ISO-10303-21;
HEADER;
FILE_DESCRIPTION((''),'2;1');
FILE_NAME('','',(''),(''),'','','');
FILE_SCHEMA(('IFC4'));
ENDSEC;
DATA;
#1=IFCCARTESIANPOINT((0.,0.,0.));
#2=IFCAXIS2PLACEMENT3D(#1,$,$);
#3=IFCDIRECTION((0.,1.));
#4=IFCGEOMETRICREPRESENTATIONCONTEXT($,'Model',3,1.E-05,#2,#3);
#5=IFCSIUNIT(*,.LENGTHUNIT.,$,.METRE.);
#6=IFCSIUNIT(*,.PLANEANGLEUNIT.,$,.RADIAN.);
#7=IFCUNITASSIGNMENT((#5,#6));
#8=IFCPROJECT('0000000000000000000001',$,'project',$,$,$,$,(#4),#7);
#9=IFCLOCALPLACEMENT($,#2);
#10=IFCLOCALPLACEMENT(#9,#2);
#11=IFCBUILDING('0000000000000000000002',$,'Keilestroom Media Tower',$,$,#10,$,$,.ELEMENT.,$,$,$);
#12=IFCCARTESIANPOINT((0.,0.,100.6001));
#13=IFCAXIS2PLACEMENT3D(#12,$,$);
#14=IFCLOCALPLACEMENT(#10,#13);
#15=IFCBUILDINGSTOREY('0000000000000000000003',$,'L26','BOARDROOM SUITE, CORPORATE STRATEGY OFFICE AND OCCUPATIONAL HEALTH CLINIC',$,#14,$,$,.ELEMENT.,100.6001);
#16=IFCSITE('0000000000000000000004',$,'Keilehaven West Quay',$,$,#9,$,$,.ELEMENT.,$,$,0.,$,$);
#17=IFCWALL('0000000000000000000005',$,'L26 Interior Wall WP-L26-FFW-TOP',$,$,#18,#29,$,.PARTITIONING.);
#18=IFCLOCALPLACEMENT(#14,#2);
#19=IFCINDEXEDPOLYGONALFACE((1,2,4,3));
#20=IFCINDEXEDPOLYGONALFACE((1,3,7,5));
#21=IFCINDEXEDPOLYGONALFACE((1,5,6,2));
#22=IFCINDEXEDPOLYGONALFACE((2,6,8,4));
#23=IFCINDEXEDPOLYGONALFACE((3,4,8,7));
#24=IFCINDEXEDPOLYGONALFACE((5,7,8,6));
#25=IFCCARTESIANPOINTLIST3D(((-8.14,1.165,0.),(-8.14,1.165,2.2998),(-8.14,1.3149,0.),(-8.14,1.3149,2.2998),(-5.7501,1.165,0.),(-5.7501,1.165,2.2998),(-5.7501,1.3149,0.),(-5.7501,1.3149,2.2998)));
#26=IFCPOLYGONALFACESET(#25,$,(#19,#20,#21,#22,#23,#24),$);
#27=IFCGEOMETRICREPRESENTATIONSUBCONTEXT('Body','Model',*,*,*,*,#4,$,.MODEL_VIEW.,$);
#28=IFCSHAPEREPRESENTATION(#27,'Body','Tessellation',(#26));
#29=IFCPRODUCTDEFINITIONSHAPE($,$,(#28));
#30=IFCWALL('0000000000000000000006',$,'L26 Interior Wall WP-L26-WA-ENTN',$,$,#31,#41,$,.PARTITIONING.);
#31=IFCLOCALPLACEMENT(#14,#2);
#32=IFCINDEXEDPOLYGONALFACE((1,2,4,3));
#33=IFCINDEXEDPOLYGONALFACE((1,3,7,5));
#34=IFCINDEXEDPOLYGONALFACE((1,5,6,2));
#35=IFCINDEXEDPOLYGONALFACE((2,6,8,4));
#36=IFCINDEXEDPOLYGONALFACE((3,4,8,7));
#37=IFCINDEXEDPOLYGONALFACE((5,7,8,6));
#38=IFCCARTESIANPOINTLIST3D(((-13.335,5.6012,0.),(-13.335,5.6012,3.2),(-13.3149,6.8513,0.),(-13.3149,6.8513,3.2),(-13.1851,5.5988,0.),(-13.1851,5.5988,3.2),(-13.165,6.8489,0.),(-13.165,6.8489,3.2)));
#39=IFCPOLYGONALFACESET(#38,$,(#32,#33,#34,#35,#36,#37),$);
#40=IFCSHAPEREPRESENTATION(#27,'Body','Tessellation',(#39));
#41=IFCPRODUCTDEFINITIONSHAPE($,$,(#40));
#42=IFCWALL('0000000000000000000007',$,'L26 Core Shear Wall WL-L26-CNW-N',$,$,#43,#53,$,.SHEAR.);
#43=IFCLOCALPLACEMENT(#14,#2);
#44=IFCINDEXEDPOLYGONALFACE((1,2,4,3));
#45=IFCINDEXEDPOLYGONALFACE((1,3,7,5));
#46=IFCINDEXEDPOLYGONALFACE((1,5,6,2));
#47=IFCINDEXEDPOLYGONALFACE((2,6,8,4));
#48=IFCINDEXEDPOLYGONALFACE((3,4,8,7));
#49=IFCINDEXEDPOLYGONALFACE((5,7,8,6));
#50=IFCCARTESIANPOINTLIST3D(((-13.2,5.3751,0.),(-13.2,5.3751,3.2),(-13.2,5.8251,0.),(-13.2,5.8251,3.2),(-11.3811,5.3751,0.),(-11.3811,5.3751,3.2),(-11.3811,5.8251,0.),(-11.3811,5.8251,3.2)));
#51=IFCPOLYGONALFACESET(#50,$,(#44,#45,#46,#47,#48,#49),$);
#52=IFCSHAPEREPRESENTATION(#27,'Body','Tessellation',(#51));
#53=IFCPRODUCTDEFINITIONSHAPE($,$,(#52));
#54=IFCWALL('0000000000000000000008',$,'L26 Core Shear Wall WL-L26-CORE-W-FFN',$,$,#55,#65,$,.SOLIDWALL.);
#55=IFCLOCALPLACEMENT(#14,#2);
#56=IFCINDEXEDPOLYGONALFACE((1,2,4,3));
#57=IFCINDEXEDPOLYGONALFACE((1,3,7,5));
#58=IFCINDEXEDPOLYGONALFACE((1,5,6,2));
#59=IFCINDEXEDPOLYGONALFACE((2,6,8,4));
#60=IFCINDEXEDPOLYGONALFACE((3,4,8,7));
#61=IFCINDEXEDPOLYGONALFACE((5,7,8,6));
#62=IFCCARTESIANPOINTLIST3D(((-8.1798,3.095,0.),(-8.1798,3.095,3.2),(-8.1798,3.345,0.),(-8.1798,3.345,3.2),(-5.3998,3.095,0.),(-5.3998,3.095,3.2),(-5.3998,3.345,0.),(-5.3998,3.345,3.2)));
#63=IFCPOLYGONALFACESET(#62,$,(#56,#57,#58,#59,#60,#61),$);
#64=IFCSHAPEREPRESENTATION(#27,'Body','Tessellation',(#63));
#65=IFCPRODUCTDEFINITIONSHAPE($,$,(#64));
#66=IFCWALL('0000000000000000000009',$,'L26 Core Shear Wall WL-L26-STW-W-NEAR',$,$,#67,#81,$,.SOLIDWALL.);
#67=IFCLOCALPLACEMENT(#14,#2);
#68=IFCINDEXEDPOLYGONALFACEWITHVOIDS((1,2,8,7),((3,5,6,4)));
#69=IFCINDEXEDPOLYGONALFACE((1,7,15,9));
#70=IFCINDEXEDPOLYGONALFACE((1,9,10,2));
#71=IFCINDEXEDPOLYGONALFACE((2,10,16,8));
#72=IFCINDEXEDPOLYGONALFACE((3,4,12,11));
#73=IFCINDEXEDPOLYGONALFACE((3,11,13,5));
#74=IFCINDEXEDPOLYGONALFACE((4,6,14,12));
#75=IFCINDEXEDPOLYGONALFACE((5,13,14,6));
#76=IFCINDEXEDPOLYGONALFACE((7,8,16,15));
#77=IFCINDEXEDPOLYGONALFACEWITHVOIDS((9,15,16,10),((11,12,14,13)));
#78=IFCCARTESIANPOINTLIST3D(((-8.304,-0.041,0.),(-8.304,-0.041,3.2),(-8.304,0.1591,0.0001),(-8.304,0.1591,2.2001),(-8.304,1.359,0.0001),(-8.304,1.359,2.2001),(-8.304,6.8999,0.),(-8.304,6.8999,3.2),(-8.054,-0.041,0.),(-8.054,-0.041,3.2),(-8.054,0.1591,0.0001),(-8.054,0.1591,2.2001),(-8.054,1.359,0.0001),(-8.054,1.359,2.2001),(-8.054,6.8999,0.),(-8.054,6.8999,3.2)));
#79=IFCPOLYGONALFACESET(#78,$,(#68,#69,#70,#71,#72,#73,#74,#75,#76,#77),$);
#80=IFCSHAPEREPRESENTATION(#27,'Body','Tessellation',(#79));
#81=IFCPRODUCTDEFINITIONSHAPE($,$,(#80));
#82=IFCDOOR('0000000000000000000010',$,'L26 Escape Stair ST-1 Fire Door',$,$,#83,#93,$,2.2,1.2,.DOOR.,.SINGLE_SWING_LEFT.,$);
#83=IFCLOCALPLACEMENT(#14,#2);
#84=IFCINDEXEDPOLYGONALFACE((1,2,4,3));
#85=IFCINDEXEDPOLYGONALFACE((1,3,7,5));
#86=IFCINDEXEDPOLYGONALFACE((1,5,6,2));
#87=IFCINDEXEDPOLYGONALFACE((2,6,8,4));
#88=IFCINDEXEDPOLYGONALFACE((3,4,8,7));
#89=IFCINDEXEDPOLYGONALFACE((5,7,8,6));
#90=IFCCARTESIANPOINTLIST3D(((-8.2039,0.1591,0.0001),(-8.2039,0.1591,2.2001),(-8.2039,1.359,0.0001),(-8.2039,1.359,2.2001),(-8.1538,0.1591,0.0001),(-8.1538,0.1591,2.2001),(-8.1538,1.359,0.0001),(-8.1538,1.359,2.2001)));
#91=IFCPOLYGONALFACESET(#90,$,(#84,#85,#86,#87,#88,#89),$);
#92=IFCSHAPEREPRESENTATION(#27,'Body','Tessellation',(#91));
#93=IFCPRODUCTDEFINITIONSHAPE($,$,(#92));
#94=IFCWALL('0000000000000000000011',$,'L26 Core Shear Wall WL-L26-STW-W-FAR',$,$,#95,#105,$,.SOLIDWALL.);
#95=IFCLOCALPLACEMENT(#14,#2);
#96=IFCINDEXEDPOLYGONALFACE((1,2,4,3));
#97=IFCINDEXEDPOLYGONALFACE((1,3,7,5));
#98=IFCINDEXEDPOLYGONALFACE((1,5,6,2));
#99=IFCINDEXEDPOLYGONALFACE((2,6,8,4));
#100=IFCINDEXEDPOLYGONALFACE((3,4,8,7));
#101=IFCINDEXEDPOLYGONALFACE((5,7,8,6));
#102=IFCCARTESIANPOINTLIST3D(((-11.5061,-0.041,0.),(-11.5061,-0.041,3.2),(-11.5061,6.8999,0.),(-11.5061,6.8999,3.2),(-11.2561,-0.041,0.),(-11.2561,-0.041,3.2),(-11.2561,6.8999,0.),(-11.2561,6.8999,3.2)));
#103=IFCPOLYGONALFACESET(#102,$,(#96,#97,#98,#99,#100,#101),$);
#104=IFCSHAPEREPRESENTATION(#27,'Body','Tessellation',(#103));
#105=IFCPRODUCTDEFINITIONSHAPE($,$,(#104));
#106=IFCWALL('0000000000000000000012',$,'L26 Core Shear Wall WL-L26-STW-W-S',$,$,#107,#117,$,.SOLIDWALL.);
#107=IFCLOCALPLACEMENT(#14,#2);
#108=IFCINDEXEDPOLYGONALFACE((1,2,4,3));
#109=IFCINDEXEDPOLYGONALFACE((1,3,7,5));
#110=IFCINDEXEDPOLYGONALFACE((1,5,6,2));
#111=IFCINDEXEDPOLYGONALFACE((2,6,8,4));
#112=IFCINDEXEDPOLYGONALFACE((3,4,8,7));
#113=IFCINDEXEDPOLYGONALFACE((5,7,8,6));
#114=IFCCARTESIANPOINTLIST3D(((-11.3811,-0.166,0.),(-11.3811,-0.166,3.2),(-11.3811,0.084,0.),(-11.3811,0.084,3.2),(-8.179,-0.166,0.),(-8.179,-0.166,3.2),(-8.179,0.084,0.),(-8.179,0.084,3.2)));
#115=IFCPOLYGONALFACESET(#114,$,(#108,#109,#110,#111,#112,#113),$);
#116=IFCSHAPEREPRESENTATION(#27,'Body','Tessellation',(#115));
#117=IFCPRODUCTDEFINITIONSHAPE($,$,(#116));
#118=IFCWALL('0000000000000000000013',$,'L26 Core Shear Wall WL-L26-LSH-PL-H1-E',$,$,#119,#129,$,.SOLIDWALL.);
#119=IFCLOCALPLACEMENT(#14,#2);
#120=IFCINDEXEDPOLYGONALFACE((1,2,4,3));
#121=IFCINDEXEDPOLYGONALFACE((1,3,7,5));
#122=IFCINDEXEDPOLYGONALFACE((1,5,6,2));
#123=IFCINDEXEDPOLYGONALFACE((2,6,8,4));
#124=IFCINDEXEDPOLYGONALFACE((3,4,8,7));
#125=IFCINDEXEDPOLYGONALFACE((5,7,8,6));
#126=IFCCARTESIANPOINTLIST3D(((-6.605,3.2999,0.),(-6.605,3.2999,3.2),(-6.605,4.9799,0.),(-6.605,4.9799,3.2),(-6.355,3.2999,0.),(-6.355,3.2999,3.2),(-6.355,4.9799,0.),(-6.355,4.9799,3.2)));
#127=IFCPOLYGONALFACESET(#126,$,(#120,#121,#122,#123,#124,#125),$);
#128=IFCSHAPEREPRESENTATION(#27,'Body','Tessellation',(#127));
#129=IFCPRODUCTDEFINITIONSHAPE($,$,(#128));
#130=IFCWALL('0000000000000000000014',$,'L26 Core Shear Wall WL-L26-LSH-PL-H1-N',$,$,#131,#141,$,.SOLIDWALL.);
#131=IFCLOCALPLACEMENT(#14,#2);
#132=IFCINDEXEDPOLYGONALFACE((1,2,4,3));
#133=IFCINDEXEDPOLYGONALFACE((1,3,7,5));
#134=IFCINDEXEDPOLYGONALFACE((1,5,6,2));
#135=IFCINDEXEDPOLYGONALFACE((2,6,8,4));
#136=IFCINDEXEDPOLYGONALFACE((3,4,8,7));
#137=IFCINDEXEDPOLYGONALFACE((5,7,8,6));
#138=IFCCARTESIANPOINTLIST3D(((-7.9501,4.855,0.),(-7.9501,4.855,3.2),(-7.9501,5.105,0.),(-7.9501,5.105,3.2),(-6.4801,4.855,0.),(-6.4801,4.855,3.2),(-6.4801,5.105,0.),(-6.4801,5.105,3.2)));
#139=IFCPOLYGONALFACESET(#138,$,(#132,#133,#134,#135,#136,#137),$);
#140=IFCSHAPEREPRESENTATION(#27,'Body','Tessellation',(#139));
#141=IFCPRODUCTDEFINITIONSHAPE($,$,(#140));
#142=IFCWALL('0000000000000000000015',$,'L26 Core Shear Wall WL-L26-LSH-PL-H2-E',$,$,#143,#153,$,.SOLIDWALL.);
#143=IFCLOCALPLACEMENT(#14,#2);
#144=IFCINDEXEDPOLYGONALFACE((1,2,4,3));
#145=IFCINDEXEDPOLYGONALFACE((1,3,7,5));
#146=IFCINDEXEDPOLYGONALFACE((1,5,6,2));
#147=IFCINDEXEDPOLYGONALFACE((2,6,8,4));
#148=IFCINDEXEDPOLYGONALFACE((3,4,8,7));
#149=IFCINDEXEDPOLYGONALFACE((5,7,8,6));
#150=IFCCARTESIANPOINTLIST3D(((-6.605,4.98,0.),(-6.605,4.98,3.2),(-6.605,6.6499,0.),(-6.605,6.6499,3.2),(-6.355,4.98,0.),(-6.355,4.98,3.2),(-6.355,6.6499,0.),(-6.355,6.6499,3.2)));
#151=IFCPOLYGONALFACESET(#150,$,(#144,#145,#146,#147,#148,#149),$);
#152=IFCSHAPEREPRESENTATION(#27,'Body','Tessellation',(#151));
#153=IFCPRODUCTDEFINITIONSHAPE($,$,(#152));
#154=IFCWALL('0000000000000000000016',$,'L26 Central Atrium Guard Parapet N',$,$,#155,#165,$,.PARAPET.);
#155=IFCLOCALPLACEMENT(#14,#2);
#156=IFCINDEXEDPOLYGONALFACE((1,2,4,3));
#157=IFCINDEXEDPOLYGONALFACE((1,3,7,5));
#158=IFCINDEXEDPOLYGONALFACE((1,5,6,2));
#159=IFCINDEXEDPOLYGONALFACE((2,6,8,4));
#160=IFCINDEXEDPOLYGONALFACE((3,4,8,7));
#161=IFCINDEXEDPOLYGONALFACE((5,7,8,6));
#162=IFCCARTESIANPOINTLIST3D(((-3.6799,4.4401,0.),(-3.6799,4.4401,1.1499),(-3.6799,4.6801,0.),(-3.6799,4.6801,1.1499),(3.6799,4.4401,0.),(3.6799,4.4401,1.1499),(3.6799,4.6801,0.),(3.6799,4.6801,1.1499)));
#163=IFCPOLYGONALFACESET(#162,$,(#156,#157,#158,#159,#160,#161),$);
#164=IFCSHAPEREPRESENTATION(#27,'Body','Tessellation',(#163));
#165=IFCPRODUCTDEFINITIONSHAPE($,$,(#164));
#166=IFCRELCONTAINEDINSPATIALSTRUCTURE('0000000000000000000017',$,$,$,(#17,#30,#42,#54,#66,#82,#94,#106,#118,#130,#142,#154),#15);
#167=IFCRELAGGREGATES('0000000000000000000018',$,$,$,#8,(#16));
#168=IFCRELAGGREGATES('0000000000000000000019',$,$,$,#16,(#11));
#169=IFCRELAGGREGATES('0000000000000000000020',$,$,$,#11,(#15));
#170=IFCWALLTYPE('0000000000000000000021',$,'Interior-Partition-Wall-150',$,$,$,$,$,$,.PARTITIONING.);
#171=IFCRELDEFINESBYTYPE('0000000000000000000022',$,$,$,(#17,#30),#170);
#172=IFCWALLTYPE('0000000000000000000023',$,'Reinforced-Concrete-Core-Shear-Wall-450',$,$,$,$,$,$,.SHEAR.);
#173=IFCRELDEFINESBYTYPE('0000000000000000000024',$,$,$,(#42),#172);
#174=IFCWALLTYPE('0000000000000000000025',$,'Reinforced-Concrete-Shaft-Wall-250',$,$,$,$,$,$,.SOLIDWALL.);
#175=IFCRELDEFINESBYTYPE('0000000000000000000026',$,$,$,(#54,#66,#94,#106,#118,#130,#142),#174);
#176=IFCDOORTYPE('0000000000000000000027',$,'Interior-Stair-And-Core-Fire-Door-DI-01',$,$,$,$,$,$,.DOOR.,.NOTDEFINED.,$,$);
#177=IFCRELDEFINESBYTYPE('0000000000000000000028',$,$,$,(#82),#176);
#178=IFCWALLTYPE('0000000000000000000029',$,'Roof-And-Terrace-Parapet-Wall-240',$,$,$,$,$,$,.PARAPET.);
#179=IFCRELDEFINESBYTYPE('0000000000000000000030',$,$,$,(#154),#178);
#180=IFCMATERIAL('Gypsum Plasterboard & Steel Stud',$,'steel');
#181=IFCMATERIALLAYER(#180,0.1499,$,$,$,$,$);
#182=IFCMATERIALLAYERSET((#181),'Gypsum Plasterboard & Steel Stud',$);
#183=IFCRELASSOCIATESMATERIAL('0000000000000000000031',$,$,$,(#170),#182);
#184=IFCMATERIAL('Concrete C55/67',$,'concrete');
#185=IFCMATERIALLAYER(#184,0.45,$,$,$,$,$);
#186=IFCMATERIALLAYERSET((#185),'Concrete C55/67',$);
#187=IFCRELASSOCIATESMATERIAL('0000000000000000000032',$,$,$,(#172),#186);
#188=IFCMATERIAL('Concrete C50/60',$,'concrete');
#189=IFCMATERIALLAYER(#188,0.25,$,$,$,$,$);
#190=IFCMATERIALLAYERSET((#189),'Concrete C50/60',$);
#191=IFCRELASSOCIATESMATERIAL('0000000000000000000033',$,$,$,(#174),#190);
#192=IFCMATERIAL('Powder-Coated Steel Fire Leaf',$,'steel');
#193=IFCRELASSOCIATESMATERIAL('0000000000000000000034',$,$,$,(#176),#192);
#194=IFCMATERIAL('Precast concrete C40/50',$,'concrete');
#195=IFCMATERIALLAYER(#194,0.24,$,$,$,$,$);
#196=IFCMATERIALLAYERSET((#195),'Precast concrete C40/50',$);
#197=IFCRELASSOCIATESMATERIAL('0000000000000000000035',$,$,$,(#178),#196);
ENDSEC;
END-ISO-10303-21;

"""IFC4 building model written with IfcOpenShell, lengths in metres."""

from ifc_helpers import new_model, si_unit, direction, frame, frame_2d, origin, place, context, subcontext, project, spatial, rectangle, extrude, source, transform, mapped, material, layer, layer_set, type_object, element, fill, save


model = new_model("IFC4")

# Units and contexts
model_context = context("Model", 3, precision=1e-05, world=origin(), true_north=direction((0.0, 1.0)))
body_context = subcontext(model_context, "Body", "Model", "MODEL_VIEW")
ifc_project = project(units=[si_unit("LENGTHUNIT", "METRE"), si_unit("PLANEANGLEUNIT", "RADIAN")], contexts=[model_context])

# Site, building, storey
site_placement = place(None, origin())
site = spatial("IfcSite", under=ifc_project, at=site_placement, Name="Keilehaven West Quay", CompositionType="ELEMENT", RefElevation=0.0)
building_placement = place(site_placement, origin())
building = spatial("IfcBuilding", under=site, at=building_placement, Name="Keilestroom Media Tower", CompositionType="ELEMENT")
storey_placement = place(building_placement, frame((0.0, 0.0, 100.6001)))
storey = spatial("IfcBuildingStorey", under=building, at=storey_placement, Name="L26", Description="BOARDROOM SUITE, CORPORATE STRATEGY OFFICE AND OCCUPATIONAL HEALTH CLINIC", CompositionType="ELEMENT", Elevation=100.6001)

# Shared definitions
ifc_material_1 = material(Name="Concrete C50/60", Category="concrete")

# Walls
ifc_material_2 = material(Name="Gypsum Plasterboard & Steel Stud", Category="steel")
ifc_layer_1 = layer(ifc_material_2, 0.1499)
ifc_layer_set_1 = layer_set([ifc_layer_1], Name="Gypsum Plasterboard & Steel Stud")
wall_type_1 = type_object("IfcWallType", Name="Interior-Partition-Wall-150", PredefinedType="PARTITIONING", material=ifc_layer_set_1)
wall_1_placement = place(storey_placement, frame((-8.1399, 1.24, 0.0), z_axis=(0.0, 0.0, 1.0), x_axis=(1.0, 0.0, 0.0)))
element("IfcWall", 1, at=wall_1_placement, inside=storey, type_object=wall_type_1, Name="L26 Interior Wall WP-L26-FFW-TOP", PredefinedType="PARTITIONING", context=body_context, shape_type="SweptSolid", body=[
    extrude(rectangle(XDim=2.3899, YDim=0.1499, at=frame_2d((1.1948, 0.0))), origin(), (0.0, 0.0, 1.0), 2.2998),
])
wall_2_placement = place(storey_placement, frame((-13.26, 5.6001, 0.0), z_axis=(0.0, 0.0, 1.0), x_axis=(0.016014, 0.999872, 0.0)))
element("IfcWall", 2, at=wall_2_placement, inside=storey, type_object=wall_type_1, Name="L26 Interior Wall WP-L26-WA-ENTN", PredefinedType="PARTITIONING", context=body_context, shape_type="SweptSolid", body=[
    extrude(rectangle(XDim=1.2502, YDim=0.1499, at=frame_2d((0.625, 0.0))), origin(), (0.0, 0.0, 1.0), 3.2),
])
ifc_material_3 = material(Name="Concrete C55/67", Category="concrete")
ifc_layer_2 = layer(ifc_material_3, 0.45)
ifc_layer_set_2 = layer_set([ifc_layer_2], Name="Concrete C55/67")
wall_type_2 = type_object("IfcWallType", Name="Reinforced-Concrete-Core-Shear-Wall-450", PredefinedType="SHEAR", material=ifc_layer_set_2)
wall_3_placement = place(storey_placement, frame((-13.2, 5.6001, 0.0), z_axis=(0.0, 0.0, 1.0), x_axis=(1.0, 0.0, 0.0)))
element("IfcWall", 3, at=wall_3_placement, inside=storey, type_object=wall_type_2, Name="L26 Core Shear Wall WL-L26-CNW-N", PredefinedType="SHEAR", context=body_context, shape_type="SweptSolid", body=[
    extrude(rectangle(XDim=1.8188, YDim=0.45, at=frame_2d((0.9094, 0.0))), origin(), (0.0, 0.0, 1.0), 3.2),
])
ifc_layer_3 = layer(ifc_material_1, 0.25)
ifc_layer_set_3 = layer_set([ifc_layer_3], Name="Concrete C50/60")
wall_type_3 = type_object("IfcWallType", Name="Reinforced-Concrete-Shaft-Wall-250", PredefinedType="SOLIDWALL", material=ifc_layer_set_3)
wall_4_placement = place(storey_placement, frame((-8.1799, 3.22, 0.0), z_axis=(0.0, 0.0, 1.0), x_axis=(1.0, 0.0, 0.0)))
element("IfcWall", 4, at=wall_4_placement, inside=storey, type_object=wall_type_3, Name="L26 Core Shear Wall WL-L26-CORE-W-FFN", PredefinedType="SOLIDWALL", context=body_context, shape_type="SweptSolid", body=[
    extrude(rectangle(XDim=2.78, YDim=0.25, at=frame_2d((1.3901, 0.0))), origin(), (0.0, 0.0, 1.0), 3.2),
])

# Wall, opening, door
wall_5_placement = place(storey_placement, frame((-8.179, -0.041, 0.0), z_axis=(0.0, 0.0, 1.0), x_axis=(0.0, 1.0, 0.0)))
wall_5 = element("IfcWall", 5, at=wall_5_placement, inside=storey, type_object=wall_type_3, Name="L26 Core Shear Wall WL-L26-STW-W-NEAR", PredefinedType="SOLIDWALL", context=body_context, shape_type="SweptSolid", body=[
    extrude(rectangle(XDim=6.9409, YDim=0.25, at=frame_2d((3.4705, 0.0))), origin(), (0.0, 0.0, 1.0), 3.2),
])
opening_placement = place(wall_5_placement, frame((0.2, 0.0, 0.0)))
opening = element("IfcOpeningElement", 6, at=opening_placement, cuts=wall_5, PredefinedType="OPENING", context=body_context, shape_type="SweptSolid", body=[
    extrude(rectangle(XDim=1.2, YDim=2.2, at=frame_2d((0.6001, 1.1001))), frame((0.0, 0.135, 0.0), z_axis=(0.0, -1.0, 0.0), x_axis=(1.0, 0.0, 0.0)), (0.0, 0.0, 1.0), 0.27),
])
ifc_material_4 = material(Name="Powder-Coated Steel Fire Leaf", Category="steel")
door_type = type_object("IfcDoorType", Name="Interior-Stair-And-Core-Fire-Door-DI-01", OperationType="NOTDEFINED", PredefinedType="DOOR", material=ifc_material_4)
shared_shape_1 = source(origin(), body_context, "Body", "SweptSolid", [
    extrude(rectangle(XDim=1.2, YDim=2.2, at=frame_2d((0.6001, 1.1001))), frame((0.0, 0.0249, 0.0), z_axis=(0.0, -1.0, 0.0), x_axis=(1.0, 0.0, 0.0)), (0.0, 0.0, 1.0), 0.05),
])
door_placement = place(opening_placement, origin())
door = element("IfcDoor", 7, at=door_placement, inside=storey, type_object=door_type, Name="L26 Escape Stair ST-1 Fire Door", OperationType="SINGLE_SWING_LEFT", OverallHeight=2.2, OverallWidth=1.2, PredefinedType="DOOR", context=body_context, shape_type="MappedRepresentation", body=[
    mapped(shared_shape_1, transform((0.0, 0.0, 0.0), x_axis=(1.0, 0.0, 0.0), y_axis=(0.0, 1.0, 0.0), z_axis=(0.0, 0.0, 1.0), scale=1.0)),
])
fill(opening, door)

# Walls
wall_6_placement = place(storey_placement, frame((-11.3811, -0.041, 0.0), z_axis=(0.0, 0.0, 1.0), x_axis=(0.0, 1.0, 0.0)))
element("IfcWall", 8, at=wall_6_placement, inside=storey, type_object=wall_type_3, Name="L26 Core Shear Wall WL-L26-STW-W-FAR", PredefinedType="SOLIDWALL", context=body_context, shape_type="SweptSolid", body=[
    extrude(rectangle(XDim=6.9409, YDim=0.25, at=frame_2d((3.4705, 0.0))), origin(), (0.0, 0.0, 1.0), 3.2),
])
wall_7_placement = place(storey_placement, frame((-11.3811, -0.041, 0.0), z_axis=(0.0, 0.0, 1.0), x_axis=(1.0, 0.0, 0.0)))
element("IfcWall", 9, at=wall_7_placement, inside=storey, type_object=wall_type_3, Name="L26 Core Shear Wall WL-L26-STW-W-S", PredefinedType="SOLIDWALL", context=body_context, shape_type="SweptSolid", body=[
    extrude(rectangle(XDim=3.2021, YDim=0.25, at=frame_2d((1.6011, 0.0))), origin(), (0.0, 0.0, 1.0), 3.2),
])
wall_8_placement = place(storey_placement, frame((-6.48, 3.3, 0.0), z_axis=(0.0, 0.0, 1.0), x_axis=(0.0, 1.0, 0.0)))
element("IfcWall", 10, at=wall_8_placement, inside=storey, type_object=wall_type_3, Name="L26 Core Shear Wall WL-L26-LSH-PL-H1-E", PredefinedType="SOLIDWALL", context=body_context, shape_type="SweptSolid", body=[
    extrude(rectangle(XDim=1.6799, YDim=0.25, at=frame_2d((0.8398, 0.0))), origin(), (0.0, 0.0, 1.0), 3.2),
])
wall_9_placement = place(storey_placement, frame((-7.95, 4.98, 0.0), z_axis=(0.0, 0.0, 1.0), x_axis=(1.0, 0.0, 0.0)))
element("IfcWall", 11, at=wall_9_placement, inside=storey, type_object=wall_type_3, Name="L26 Core Shear Wall WL-L26-LSH-PL-H1-N", PredefinedType="SOLIDWALL", context=body_context, shape_type="SweptSolid", body=[
    extrude(rectangle(XDim=1.47, YDim=0.25, at=frame_2d((0.7349, 0.0))), origin(), (0.0, 0.0, 1.0), 3.2),
])
wall_10_placement = place(storey_placement, frame((-6.48, 4.98, 0.0), z_axis=(0.0, 0.0, 1.0), x_axis=(0.0, 1.0, 0.0)))
element("IfcWall", 12, at=wall_10_placement, inside=storey, type_object=wall_type_3, Name="L26 Core Shear Wall WL-L26-LSH-PL-H2-E", PredefinedType="SOLIDWALL", context=body_context, shape_type="SweptSolid", body=[
    extrude(rectangle(XDim=1.6699, YDim=0.25, at=frame_2d((0.835, 0.0))), origin(), (0.0, 0.0, 1.0), 3.2),
])
ifc_material_5 = material(Name="Precast concrete C40/50", Category="concrete")
ifc_layer_4 = layer(ifc_material_5, 0.24)
ifc_layer_set_4 = layer_set([ifc_layer_4], Name="Precast concrete C40/50")
wall_type_4 = type_object("IfcWallType", Name="Roof-And-Terrace-Parapet-Wall-240", PredefinedType="PARAPET", material=ifc_layer_set_4)
wall_11_placement = place(storey_placement, frame((-3.6799, 4.5601, 0.0), z_axis=(0.0, 0.0, 1.0), x_axis=(1.0, 0.0, 0.0)))
element("IfcWall", 13, at=wall_11_placement, inside=storey, type_object=wall_type_4, Name="L26 Central Atrium Guard Parapet N", PredefinedType="PARAPET", context=body_context, shape_type="SweptSolid", body=[
    extrude(rectangle(XDim=7.3599, YDim=0.24, at=frame_2d((3.6799, 0.0))), origin(), (0.0, 0.0, 1.0), 1.1499),
])

save(model, "model.ifc")
